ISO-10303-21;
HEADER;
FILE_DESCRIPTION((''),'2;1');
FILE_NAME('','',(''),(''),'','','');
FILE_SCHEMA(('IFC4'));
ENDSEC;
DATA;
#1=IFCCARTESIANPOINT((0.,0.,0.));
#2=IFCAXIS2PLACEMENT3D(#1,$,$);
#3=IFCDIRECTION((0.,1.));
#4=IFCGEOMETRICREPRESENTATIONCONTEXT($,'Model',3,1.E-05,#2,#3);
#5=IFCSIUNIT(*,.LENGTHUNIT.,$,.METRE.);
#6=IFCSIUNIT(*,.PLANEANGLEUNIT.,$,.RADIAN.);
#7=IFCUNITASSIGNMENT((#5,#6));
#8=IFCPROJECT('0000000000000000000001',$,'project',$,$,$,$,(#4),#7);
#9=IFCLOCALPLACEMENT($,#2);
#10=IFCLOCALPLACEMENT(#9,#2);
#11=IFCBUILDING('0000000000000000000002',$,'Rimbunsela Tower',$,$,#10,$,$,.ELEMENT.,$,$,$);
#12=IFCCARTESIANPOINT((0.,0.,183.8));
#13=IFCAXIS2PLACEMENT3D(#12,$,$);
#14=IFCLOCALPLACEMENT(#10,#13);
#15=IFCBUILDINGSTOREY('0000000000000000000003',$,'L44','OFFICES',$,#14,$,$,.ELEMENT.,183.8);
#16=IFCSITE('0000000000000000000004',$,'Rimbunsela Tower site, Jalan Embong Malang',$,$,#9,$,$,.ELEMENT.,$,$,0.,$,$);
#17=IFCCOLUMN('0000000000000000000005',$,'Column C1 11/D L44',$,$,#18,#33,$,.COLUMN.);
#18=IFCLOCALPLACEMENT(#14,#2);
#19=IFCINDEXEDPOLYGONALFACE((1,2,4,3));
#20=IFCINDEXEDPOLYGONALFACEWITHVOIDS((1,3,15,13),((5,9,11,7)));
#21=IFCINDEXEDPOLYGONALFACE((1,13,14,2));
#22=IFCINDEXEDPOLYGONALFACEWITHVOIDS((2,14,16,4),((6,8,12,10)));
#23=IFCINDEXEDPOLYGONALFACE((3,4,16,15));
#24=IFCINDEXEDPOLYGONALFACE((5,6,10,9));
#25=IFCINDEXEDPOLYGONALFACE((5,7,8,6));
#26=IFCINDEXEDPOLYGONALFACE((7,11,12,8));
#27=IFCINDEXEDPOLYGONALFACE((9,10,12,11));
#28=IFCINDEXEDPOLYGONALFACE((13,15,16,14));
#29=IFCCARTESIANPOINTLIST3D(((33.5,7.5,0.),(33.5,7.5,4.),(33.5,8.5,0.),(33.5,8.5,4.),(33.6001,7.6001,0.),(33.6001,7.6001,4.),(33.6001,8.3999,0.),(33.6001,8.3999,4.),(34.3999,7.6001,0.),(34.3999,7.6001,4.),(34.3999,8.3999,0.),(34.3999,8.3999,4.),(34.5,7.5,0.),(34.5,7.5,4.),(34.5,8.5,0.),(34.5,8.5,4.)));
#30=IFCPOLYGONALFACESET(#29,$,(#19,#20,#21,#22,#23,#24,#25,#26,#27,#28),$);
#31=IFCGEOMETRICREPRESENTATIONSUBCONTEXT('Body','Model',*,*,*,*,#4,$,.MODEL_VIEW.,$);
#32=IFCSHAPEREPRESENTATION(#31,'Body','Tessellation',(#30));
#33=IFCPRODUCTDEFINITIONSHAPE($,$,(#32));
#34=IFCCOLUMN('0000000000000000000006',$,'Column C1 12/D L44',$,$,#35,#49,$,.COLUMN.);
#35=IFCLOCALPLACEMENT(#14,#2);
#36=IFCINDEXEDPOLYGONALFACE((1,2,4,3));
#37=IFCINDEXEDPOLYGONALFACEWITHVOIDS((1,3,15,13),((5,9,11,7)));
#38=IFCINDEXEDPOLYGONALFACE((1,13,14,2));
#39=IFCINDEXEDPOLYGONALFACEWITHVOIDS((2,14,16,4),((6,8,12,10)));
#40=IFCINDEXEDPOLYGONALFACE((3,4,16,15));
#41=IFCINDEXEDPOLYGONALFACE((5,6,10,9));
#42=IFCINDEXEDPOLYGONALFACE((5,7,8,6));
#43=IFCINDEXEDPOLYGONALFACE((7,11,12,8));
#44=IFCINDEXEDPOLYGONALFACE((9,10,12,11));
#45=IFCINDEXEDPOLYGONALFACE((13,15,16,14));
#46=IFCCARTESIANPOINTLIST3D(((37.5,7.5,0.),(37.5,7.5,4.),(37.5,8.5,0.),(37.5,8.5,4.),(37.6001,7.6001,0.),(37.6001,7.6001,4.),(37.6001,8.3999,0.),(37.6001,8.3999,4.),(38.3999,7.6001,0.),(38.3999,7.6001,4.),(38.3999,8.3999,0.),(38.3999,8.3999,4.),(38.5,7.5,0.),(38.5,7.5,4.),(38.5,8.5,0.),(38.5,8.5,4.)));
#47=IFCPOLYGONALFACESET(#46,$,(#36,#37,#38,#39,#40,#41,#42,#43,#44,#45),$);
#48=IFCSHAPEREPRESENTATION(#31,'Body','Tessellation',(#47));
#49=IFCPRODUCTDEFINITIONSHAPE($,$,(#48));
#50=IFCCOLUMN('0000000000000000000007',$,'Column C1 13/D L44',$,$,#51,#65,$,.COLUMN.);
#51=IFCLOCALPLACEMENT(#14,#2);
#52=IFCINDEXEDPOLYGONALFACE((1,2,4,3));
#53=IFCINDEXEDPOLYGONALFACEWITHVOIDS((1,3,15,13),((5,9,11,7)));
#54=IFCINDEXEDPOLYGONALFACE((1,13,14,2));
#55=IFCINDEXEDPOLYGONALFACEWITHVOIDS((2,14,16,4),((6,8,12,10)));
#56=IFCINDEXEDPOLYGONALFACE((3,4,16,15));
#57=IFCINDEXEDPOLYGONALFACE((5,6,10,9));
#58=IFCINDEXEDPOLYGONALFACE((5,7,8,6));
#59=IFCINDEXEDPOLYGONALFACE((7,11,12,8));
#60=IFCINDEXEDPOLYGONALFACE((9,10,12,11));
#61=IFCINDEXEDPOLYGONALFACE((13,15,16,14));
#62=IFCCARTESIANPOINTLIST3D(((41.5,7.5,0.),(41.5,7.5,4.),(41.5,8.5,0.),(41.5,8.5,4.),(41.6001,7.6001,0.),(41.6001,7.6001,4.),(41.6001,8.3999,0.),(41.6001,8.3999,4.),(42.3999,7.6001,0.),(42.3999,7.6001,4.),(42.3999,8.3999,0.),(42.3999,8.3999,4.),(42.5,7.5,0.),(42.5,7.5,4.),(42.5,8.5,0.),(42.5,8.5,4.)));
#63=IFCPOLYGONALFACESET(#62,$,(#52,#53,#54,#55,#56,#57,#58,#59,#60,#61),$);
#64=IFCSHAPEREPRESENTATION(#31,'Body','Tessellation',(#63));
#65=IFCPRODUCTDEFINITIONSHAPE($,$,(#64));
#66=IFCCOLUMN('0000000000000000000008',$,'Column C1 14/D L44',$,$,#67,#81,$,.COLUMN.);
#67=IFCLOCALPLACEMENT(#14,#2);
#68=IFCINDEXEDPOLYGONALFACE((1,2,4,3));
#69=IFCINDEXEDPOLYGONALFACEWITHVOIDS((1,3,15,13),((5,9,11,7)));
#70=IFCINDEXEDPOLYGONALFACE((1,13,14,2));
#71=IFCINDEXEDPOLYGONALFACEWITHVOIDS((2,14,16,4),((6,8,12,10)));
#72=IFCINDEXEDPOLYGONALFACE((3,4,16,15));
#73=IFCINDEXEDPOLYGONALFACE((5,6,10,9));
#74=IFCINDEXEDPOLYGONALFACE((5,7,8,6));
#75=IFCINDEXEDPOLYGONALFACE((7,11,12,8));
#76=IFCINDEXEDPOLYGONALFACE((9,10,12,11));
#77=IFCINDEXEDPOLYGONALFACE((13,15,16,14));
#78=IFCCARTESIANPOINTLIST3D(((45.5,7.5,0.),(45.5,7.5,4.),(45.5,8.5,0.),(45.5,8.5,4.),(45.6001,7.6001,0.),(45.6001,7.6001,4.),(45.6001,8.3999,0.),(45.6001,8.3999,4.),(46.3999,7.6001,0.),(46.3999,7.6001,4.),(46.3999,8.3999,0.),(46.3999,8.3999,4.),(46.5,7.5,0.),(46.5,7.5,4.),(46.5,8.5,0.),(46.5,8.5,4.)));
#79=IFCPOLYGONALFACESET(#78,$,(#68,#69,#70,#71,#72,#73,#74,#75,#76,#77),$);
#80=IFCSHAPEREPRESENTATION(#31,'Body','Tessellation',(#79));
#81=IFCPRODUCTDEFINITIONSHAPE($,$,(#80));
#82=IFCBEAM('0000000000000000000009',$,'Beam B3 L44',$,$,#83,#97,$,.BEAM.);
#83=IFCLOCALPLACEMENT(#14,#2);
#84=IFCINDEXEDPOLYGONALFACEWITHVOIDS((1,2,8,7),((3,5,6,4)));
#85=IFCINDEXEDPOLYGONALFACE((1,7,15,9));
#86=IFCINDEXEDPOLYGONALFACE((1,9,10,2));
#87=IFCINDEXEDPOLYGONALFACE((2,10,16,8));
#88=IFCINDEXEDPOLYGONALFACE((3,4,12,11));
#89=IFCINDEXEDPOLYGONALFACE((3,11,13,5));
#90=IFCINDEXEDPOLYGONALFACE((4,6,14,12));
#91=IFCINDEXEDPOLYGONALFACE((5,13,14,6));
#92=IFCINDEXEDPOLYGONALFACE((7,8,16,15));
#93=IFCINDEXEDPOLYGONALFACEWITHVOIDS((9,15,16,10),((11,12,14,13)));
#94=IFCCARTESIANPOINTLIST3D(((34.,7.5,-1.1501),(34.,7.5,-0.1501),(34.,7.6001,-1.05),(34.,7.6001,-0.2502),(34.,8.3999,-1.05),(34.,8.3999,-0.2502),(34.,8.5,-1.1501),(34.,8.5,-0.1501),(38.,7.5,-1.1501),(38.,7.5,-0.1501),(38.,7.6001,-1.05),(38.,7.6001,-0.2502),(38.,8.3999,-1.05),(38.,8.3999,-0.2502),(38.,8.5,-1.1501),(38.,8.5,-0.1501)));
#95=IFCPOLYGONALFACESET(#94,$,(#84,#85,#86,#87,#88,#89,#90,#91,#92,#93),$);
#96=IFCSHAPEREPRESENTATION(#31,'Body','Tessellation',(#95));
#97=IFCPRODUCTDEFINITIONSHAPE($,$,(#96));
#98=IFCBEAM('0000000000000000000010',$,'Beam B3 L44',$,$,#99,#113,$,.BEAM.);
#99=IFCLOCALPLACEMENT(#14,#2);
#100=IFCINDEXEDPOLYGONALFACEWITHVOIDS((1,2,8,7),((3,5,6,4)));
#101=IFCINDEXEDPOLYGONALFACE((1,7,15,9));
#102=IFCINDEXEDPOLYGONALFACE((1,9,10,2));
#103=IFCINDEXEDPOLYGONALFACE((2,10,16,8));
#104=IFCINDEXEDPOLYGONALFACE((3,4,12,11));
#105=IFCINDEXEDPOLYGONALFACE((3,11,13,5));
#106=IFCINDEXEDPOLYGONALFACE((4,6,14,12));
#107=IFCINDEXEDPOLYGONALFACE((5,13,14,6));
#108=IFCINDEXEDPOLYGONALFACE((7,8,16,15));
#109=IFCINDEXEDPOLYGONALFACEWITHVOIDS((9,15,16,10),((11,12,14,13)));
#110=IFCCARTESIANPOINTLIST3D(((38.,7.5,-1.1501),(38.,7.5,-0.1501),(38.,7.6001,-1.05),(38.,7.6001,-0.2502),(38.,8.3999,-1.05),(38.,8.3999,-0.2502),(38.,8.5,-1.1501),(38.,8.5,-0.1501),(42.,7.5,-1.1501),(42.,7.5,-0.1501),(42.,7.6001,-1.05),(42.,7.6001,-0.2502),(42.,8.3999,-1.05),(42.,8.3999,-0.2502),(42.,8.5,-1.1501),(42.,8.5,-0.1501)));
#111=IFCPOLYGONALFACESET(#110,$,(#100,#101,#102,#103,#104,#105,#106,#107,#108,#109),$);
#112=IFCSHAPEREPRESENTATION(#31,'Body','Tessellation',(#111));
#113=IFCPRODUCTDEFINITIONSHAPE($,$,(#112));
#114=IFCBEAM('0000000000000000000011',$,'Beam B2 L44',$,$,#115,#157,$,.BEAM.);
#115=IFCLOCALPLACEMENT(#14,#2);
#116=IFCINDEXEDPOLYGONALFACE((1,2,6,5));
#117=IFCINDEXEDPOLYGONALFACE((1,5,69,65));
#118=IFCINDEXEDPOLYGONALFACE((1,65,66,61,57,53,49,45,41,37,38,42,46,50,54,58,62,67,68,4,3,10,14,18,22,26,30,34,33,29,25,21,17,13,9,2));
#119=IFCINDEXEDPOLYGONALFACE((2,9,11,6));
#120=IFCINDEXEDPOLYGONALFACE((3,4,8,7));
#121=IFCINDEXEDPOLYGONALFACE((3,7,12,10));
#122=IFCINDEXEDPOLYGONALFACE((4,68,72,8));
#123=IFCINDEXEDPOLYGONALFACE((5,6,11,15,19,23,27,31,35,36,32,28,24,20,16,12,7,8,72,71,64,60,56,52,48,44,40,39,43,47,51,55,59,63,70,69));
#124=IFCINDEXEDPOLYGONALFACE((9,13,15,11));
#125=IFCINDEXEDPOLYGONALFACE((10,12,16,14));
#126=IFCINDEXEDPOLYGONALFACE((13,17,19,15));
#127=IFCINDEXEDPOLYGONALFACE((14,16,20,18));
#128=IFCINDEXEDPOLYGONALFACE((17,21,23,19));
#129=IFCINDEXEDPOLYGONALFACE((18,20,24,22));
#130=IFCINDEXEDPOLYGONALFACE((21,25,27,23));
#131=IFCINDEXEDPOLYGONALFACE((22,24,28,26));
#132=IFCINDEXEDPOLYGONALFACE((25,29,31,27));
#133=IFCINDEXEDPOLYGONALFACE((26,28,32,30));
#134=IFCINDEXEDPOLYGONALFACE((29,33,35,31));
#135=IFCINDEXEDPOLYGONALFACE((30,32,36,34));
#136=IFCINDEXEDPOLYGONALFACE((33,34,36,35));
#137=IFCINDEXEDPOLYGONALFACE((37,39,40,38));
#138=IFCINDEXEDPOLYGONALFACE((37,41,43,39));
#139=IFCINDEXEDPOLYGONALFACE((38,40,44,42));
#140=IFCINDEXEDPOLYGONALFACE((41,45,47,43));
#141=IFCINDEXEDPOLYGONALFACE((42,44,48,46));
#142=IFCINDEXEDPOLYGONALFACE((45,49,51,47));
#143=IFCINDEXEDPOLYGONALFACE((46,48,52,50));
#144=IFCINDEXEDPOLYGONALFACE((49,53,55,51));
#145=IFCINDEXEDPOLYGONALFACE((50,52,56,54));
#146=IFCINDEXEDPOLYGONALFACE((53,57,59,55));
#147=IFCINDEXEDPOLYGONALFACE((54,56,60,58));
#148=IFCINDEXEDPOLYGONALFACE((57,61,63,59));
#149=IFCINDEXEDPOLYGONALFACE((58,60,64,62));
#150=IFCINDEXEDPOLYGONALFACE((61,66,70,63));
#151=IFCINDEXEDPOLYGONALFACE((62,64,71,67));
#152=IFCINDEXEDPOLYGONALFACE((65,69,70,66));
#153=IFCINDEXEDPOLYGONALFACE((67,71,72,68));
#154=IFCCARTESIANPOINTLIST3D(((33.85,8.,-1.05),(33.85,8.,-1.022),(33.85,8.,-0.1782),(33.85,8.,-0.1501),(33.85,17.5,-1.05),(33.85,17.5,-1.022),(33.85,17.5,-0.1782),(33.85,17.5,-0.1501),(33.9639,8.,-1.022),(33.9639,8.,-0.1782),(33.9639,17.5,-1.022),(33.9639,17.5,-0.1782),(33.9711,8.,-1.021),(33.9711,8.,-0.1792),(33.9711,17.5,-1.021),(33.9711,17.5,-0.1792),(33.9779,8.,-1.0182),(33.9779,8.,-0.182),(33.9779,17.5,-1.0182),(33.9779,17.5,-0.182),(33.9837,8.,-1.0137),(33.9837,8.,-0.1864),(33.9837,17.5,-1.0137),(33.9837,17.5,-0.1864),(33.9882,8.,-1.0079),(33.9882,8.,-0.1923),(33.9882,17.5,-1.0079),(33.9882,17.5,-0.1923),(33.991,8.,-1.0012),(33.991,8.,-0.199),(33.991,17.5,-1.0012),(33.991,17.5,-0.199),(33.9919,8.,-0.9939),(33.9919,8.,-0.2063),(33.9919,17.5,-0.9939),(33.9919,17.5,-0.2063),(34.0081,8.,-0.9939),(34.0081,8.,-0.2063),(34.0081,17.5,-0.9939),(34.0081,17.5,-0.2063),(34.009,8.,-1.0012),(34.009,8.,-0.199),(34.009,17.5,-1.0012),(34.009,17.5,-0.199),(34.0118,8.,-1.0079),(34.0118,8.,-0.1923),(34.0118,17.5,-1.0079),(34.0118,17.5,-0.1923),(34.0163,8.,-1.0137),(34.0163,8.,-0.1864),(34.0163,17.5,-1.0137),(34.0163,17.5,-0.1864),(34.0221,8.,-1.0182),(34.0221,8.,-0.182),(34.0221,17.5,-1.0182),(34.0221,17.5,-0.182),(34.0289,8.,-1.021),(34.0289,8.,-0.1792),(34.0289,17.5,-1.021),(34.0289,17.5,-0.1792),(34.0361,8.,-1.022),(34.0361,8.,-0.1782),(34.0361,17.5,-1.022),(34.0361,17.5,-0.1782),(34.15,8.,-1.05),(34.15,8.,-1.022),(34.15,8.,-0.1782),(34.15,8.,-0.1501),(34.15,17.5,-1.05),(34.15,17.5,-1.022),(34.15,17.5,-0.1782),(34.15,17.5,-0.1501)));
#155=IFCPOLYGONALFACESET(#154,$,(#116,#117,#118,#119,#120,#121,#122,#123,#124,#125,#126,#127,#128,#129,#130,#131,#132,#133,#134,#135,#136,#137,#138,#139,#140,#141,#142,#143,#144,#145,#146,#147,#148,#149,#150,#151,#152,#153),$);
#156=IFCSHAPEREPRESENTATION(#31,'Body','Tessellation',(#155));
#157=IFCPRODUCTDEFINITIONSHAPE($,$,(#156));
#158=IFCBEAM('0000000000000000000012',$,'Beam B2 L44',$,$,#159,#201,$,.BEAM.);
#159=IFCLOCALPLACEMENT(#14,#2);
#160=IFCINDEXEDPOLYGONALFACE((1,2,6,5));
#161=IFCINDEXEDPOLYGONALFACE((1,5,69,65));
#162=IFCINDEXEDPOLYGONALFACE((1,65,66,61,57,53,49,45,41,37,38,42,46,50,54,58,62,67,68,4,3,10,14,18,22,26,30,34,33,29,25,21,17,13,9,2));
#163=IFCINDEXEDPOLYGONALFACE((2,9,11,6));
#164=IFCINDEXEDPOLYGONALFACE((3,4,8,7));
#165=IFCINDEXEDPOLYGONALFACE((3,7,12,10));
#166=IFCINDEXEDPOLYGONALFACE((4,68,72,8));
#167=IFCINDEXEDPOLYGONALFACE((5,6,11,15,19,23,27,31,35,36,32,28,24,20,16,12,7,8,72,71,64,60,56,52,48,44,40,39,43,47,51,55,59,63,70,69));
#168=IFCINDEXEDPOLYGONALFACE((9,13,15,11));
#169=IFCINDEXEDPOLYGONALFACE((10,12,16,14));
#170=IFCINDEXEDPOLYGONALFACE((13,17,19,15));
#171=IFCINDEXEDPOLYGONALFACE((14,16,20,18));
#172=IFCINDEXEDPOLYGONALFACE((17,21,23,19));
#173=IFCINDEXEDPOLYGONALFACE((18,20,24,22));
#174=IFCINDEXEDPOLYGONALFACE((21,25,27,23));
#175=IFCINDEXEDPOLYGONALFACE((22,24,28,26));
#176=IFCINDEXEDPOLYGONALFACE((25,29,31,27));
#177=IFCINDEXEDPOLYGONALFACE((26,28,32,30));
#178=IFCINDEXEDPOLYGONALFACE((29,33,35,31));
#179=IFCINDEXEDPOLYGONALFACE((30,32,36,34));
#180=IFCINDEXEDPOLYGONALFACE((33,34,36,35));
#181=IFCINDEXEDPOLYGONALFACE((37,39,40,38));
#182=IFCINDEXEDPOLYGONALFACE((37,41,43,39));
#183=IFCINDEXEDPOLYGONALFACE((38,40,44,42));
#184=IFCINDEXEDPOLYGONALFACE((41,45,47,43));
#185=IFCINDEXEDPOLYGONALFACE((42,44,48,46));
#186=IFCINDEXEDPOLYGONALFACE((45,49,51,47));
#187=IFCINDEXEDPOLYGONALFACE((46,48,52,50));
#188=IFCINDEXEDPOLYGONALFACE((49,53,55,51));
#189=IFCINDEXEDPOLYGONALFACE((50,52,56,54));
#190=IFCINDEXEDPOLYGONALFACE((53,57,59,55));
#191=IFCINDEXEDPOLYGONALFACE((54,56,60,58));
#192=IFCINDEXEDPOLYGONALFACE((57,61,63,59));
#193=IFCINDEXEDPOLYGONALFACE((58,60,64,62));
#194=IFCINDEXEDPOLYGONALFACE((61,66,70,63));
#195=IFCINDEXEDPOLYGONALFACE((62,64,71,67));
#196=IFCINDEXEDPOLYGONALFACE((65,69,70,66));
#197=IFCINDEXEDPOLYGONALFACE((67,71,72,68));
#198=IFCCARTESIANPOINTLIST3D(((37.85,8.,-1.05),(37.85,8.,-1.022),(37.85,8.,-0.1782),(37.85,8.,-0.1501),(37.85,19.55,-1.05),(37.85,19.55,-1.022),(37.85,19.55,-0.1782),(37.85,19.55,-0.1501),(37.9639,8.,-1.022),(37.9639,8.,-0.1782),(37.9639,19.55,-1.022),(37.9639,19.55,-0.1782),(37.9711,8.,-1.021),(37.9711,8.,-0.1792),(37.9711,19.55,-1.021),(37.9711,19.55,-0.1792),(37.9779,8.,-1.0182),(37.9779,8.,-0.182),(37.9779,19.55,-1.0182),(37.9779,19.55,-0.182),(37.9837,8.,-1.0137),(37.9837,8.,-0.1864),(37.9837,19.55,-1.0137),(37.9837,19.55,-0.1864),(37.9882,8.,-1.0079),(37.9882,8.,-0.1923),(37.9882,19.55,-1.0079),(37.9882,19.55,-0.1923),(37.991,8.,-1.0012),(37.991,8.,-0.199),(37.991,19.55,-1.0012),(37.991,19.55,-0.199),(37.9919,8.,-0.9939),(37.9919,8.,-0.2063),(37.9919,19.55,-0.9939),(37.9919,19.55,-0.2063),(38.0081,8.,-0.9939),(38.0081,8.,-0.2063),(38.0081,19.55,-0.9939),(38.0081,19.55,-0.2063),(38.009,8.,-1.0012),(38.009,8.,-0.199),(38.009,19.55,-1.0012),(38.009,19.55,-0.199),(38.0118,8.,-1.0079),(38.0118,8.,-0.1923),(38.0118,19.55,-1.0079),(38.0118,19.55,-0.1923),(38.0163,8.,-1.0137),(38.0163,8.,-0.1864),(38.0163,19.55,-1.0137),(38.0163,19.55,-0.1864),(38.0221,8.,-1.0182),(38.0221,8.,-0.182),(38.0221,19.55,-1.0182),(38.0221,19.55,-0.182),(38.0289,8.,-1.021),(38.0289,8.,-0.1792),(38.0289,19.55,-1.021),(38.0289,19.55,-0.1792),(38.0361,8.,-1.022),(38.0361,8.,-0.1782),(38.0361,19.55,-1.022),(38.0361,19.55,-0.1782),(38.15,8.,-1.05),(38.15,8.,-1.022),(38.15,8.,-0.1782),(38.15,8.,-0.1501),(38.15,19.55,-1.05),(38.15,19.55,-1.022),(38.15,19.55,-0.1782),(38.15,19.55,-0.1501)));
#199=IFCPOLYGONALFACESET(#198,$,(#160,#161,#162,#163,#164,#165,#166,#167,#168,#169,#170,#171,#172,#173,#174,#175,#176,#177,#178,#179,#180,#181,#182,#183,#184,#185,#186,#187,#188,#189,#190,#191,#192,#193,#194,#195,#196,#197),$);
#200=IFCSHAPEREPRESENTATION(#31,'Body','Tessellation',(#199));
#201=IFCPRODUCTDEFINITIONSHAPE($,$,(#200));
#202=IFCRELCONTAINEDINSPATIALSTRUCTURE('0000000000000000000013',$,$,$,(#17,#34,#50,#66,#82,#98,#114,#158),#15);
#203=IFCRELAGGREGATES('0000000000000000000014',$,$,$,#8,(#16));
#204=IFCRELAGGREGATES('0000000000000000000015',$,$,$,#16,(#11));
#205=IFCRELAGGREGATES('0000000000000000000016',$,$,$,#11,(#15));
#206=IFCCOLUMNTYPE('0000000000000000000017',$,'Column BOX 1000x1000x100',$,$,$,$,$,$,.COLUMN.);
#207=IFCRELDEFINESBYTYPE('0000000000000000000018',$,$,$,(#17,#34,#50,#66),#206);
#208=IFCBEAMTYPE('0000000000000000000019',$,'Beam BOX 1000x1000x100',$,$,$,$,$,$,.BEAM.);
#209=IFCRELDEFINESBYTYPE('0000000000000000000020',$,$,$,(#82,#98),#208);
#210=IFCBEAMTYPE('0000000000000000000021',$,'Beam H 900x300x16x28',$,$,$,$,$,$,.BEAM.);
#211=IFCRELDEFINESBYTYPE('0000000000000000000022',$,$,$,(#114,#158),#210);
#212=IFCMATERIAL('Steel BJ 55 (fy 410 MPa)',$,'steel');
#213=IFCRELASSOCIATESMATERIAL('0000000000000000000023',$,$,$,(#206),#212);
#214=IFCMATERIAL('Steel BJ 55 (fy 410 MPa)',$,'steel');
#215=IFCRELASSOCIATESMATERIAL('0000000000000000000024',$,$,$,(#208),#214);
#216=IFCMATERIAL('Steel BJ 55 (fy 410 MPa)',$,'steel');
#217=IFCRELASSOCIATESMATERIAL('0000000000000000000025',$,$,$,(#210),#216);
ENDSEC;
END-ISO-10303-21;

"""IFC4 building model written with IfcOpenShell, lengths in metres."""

from ifc_helpers import new_model, si_unit, direction, frame, origin, origin_2d, place, context, subcontext, project, spatial, hollow_rectangle, i_section, extrude, material, material_profile, profile_set, type_object, element, save


model = new_model("IFC4")

# Units and contexts
model_context = context("Model", 3, precision=1e-05, world=origin(), true_north=direction((0.0, 1.0)))
body_context = subcontext(model_context, "Body", "Model", "MODEL_VIEW")
ifc_project = project(units=[si_unit("LENGTHUNIT", "METRE"), si_unit("PLANEANGLEUNIT", "RADIAN")], contexts=[model_context])

# Site, building, storey
site_placement = place(None, origin())
site = spatial("IfcSite", under=ifc_project, at=site_placement, Name="Rimbunsela Tower site, Jalan Embong Malang", CompositionType="ELEMENT", RefElevation=0.0)
building_placement = place(site_placement, origin())
building = spatial("IfcBuilding", under=site, at=building_placement, Name="Rimbunsela Tower", CompositionType="ELEMENT")
storey_placement = place(building_placement, frame((0.0, 0.0, 183.8)))
storey = spatial("IfcBuildingStorey", under=building, at=storey_placement, Name="L44", Description="OFFICES", CompositionType="ELEMENT", Elevation=183.8)

# Columns
ifc_material_1 = material(Name="Steel BJ 55 (fy 410 MPa)", Category="steel")
ifc_material_profile_1 = material_profile(ifc_material_1, hollow_rectangle(XDim=1.0, YDim=1.0, WallThickness=0.1001, at=origin_2d()), Name="BOX 1000x1000x100")
ifc_profile_set_1 = profile_set([ifc_material_profile_1], Name="Steel BJ 55 (fy 410 MPa)")
column_type = type_object("IfcColumnType", Name="Column BOX 1000x1000x100", PredefinedType="COLUMN", material=ifc_profile_set_1)
for number, where, z_axis, x_axis, name in (
    (1, (34.0, 8.0, 0.0), (0.0, 0.0, 1.0), (1.0, 0.0, 0.0), "Column C1 11/D L44"),
    (2, (38.0, 8.0, 0.0), (0.0, 0.0, 1.0), (1.0, 0.0, 0.0), "Column C1 12/D L44"),
    (3, (42.0, 8.0, 0.0), (0.0, 0.0, 1.0), (1.0, 0.0, 0.0), "Column C1 13/D L44"),
    (4, (46.0, 8.0, 0.0), (0.0, 0.0, 1.0), (1.0, 0.0, 0.0), "Column C1 14/D L44"),
):
    element("IfcColumn", number, at=place(storey_placement, frame(where, z_axis=z_axis, x_axis=x_axis)), inside=storey, type_object=column_type, Name=name, PredefinedType="COLUMN", context=body_context, shape_type="SweptSolid", body=[
        extrude(hollow_rectangle(XDim=1.0, YDim=1.0, WallThickness=0.1001, at=origin_2d()), origin(), (0.0, 0.0, 1.0), 4.0),
    ])

# Beams
ifc_material_2 = material(Name="Steel BJ 55 (fy 410 MPa)", Category="steel")
ifc_material_profile_2 = material_profile(ifc_material_2, hollow_rectangle(XDim=1.0, YDim=1.0, WallThickness=0.1001, at=origin_2d()), Name="BOX 1000x1000x100")
ifc_profile_set_2 = profile_set([ifc_material_profile_2], Name="Steel BJ 55 (fy 410 MPa)")
beam_type_1 = type_object("IfcBeamType", Name="Beam BOX 1000x1000x100", PredefinedType="BEAM", material=ifc_profile_set_2)
for number, where, z_axis, x_axis, name in (
    (5, (34.0, 8.0, -0.6501), (1.0, 0.0, 0.0), (0.0, 1.0, 0.0), "Beam B3 L44"),
    (6, (38.0, 8.0, -0.6501), (1.0, 0.0, 0.0), (0.0, 1.0, 0.0), "Beam B3 L44"),
):
    element("IfcBeam", number, at=place(storey_placement, frame(where, z_axis=z_axis, x_axis=x_axis)), inside=storey, type_object=beam_type_1, Name=name, PredefinedType="BEAM", context=body_context, shape_type="SweptSolid", body=[
        extrude(hollow_rectangle(XDim=1.0, YDim=1.0, WallThickness=0.1001, at=origin_2d()), origin(), (0.0, 0.0, 1.0), 4.0),
    ])
ifc_material_3 = material(Name="Steel BJ 55 (fy 410 MPa)", Category="steel")
ifc_material_profile_3 = material_profile(ifc_material_3, i_section(OverallWidth=0.3, OverallDepth=0.8999, WebThickness=0.0161, FlangeThickness=0.0281, FilletRadius=0.0281, at=origin_2d()), Name="H 900x300x16x28")
ifc_profile_set_3 = profile_set([ifc_material_profile_3], Name="Steel BJ 55 (fy 410 MPa)")
beam_type_2 = type_object("IfcBeamType", Name="Beam H 900x300x16x28", PredefinedType="BEAM", material=ifc_profile_set_3)
beam_placement = place(storey_placement, frame((34.0, 8.0, -0.6001), z_axis=(0.0, 1.0, 0.0), x_axis=(-1.0, 0.0, 0.0)))
element("IfcBeam", 7, at=beam_placement, inside=storey, type_object=beam_type_2, Name="Beam B2 L44", PredefinedType="BEAM", context=body_context, shape_type="SweptSolid", body=[
    extrude(i_section(OverallWidth=0.3, OverallDepth=0.8999, WebThickness=0.0161, FlangeThickness=0.0281, FilletRadius=0.0281, at=origin_2d()), origin(), (0.0, 0.0, 1.0), 9.5),
])
for number, where, z_axis, x_axis, name in (
    (8, (38.0, 8.0, -0.6001), (0.0, 1.0, 0.0), (-1.0, 0.0, 0.0), "Beam B2 L44"),
):
    element("IfcBeam", number, at=place(storey_placement, frame(where, z_axis=z_axis, x_axis=x_axis)), inside=storey, type_object=beam_type_2, Name=name, PredefinedType="BEAM", context=body_context, shape_type="SweptSolid", body=[
        extrude(i_section(OverallWidth=0.3, OverallDepth=0.8999, WebThickness=0.0161, FlangeThickness=0.0281, FilletRadius=0.0281, at=origin_2d()), origin(), (0.0, 0.0, 1.0), 11.55),
    ])

save(model, "model.ifc")
